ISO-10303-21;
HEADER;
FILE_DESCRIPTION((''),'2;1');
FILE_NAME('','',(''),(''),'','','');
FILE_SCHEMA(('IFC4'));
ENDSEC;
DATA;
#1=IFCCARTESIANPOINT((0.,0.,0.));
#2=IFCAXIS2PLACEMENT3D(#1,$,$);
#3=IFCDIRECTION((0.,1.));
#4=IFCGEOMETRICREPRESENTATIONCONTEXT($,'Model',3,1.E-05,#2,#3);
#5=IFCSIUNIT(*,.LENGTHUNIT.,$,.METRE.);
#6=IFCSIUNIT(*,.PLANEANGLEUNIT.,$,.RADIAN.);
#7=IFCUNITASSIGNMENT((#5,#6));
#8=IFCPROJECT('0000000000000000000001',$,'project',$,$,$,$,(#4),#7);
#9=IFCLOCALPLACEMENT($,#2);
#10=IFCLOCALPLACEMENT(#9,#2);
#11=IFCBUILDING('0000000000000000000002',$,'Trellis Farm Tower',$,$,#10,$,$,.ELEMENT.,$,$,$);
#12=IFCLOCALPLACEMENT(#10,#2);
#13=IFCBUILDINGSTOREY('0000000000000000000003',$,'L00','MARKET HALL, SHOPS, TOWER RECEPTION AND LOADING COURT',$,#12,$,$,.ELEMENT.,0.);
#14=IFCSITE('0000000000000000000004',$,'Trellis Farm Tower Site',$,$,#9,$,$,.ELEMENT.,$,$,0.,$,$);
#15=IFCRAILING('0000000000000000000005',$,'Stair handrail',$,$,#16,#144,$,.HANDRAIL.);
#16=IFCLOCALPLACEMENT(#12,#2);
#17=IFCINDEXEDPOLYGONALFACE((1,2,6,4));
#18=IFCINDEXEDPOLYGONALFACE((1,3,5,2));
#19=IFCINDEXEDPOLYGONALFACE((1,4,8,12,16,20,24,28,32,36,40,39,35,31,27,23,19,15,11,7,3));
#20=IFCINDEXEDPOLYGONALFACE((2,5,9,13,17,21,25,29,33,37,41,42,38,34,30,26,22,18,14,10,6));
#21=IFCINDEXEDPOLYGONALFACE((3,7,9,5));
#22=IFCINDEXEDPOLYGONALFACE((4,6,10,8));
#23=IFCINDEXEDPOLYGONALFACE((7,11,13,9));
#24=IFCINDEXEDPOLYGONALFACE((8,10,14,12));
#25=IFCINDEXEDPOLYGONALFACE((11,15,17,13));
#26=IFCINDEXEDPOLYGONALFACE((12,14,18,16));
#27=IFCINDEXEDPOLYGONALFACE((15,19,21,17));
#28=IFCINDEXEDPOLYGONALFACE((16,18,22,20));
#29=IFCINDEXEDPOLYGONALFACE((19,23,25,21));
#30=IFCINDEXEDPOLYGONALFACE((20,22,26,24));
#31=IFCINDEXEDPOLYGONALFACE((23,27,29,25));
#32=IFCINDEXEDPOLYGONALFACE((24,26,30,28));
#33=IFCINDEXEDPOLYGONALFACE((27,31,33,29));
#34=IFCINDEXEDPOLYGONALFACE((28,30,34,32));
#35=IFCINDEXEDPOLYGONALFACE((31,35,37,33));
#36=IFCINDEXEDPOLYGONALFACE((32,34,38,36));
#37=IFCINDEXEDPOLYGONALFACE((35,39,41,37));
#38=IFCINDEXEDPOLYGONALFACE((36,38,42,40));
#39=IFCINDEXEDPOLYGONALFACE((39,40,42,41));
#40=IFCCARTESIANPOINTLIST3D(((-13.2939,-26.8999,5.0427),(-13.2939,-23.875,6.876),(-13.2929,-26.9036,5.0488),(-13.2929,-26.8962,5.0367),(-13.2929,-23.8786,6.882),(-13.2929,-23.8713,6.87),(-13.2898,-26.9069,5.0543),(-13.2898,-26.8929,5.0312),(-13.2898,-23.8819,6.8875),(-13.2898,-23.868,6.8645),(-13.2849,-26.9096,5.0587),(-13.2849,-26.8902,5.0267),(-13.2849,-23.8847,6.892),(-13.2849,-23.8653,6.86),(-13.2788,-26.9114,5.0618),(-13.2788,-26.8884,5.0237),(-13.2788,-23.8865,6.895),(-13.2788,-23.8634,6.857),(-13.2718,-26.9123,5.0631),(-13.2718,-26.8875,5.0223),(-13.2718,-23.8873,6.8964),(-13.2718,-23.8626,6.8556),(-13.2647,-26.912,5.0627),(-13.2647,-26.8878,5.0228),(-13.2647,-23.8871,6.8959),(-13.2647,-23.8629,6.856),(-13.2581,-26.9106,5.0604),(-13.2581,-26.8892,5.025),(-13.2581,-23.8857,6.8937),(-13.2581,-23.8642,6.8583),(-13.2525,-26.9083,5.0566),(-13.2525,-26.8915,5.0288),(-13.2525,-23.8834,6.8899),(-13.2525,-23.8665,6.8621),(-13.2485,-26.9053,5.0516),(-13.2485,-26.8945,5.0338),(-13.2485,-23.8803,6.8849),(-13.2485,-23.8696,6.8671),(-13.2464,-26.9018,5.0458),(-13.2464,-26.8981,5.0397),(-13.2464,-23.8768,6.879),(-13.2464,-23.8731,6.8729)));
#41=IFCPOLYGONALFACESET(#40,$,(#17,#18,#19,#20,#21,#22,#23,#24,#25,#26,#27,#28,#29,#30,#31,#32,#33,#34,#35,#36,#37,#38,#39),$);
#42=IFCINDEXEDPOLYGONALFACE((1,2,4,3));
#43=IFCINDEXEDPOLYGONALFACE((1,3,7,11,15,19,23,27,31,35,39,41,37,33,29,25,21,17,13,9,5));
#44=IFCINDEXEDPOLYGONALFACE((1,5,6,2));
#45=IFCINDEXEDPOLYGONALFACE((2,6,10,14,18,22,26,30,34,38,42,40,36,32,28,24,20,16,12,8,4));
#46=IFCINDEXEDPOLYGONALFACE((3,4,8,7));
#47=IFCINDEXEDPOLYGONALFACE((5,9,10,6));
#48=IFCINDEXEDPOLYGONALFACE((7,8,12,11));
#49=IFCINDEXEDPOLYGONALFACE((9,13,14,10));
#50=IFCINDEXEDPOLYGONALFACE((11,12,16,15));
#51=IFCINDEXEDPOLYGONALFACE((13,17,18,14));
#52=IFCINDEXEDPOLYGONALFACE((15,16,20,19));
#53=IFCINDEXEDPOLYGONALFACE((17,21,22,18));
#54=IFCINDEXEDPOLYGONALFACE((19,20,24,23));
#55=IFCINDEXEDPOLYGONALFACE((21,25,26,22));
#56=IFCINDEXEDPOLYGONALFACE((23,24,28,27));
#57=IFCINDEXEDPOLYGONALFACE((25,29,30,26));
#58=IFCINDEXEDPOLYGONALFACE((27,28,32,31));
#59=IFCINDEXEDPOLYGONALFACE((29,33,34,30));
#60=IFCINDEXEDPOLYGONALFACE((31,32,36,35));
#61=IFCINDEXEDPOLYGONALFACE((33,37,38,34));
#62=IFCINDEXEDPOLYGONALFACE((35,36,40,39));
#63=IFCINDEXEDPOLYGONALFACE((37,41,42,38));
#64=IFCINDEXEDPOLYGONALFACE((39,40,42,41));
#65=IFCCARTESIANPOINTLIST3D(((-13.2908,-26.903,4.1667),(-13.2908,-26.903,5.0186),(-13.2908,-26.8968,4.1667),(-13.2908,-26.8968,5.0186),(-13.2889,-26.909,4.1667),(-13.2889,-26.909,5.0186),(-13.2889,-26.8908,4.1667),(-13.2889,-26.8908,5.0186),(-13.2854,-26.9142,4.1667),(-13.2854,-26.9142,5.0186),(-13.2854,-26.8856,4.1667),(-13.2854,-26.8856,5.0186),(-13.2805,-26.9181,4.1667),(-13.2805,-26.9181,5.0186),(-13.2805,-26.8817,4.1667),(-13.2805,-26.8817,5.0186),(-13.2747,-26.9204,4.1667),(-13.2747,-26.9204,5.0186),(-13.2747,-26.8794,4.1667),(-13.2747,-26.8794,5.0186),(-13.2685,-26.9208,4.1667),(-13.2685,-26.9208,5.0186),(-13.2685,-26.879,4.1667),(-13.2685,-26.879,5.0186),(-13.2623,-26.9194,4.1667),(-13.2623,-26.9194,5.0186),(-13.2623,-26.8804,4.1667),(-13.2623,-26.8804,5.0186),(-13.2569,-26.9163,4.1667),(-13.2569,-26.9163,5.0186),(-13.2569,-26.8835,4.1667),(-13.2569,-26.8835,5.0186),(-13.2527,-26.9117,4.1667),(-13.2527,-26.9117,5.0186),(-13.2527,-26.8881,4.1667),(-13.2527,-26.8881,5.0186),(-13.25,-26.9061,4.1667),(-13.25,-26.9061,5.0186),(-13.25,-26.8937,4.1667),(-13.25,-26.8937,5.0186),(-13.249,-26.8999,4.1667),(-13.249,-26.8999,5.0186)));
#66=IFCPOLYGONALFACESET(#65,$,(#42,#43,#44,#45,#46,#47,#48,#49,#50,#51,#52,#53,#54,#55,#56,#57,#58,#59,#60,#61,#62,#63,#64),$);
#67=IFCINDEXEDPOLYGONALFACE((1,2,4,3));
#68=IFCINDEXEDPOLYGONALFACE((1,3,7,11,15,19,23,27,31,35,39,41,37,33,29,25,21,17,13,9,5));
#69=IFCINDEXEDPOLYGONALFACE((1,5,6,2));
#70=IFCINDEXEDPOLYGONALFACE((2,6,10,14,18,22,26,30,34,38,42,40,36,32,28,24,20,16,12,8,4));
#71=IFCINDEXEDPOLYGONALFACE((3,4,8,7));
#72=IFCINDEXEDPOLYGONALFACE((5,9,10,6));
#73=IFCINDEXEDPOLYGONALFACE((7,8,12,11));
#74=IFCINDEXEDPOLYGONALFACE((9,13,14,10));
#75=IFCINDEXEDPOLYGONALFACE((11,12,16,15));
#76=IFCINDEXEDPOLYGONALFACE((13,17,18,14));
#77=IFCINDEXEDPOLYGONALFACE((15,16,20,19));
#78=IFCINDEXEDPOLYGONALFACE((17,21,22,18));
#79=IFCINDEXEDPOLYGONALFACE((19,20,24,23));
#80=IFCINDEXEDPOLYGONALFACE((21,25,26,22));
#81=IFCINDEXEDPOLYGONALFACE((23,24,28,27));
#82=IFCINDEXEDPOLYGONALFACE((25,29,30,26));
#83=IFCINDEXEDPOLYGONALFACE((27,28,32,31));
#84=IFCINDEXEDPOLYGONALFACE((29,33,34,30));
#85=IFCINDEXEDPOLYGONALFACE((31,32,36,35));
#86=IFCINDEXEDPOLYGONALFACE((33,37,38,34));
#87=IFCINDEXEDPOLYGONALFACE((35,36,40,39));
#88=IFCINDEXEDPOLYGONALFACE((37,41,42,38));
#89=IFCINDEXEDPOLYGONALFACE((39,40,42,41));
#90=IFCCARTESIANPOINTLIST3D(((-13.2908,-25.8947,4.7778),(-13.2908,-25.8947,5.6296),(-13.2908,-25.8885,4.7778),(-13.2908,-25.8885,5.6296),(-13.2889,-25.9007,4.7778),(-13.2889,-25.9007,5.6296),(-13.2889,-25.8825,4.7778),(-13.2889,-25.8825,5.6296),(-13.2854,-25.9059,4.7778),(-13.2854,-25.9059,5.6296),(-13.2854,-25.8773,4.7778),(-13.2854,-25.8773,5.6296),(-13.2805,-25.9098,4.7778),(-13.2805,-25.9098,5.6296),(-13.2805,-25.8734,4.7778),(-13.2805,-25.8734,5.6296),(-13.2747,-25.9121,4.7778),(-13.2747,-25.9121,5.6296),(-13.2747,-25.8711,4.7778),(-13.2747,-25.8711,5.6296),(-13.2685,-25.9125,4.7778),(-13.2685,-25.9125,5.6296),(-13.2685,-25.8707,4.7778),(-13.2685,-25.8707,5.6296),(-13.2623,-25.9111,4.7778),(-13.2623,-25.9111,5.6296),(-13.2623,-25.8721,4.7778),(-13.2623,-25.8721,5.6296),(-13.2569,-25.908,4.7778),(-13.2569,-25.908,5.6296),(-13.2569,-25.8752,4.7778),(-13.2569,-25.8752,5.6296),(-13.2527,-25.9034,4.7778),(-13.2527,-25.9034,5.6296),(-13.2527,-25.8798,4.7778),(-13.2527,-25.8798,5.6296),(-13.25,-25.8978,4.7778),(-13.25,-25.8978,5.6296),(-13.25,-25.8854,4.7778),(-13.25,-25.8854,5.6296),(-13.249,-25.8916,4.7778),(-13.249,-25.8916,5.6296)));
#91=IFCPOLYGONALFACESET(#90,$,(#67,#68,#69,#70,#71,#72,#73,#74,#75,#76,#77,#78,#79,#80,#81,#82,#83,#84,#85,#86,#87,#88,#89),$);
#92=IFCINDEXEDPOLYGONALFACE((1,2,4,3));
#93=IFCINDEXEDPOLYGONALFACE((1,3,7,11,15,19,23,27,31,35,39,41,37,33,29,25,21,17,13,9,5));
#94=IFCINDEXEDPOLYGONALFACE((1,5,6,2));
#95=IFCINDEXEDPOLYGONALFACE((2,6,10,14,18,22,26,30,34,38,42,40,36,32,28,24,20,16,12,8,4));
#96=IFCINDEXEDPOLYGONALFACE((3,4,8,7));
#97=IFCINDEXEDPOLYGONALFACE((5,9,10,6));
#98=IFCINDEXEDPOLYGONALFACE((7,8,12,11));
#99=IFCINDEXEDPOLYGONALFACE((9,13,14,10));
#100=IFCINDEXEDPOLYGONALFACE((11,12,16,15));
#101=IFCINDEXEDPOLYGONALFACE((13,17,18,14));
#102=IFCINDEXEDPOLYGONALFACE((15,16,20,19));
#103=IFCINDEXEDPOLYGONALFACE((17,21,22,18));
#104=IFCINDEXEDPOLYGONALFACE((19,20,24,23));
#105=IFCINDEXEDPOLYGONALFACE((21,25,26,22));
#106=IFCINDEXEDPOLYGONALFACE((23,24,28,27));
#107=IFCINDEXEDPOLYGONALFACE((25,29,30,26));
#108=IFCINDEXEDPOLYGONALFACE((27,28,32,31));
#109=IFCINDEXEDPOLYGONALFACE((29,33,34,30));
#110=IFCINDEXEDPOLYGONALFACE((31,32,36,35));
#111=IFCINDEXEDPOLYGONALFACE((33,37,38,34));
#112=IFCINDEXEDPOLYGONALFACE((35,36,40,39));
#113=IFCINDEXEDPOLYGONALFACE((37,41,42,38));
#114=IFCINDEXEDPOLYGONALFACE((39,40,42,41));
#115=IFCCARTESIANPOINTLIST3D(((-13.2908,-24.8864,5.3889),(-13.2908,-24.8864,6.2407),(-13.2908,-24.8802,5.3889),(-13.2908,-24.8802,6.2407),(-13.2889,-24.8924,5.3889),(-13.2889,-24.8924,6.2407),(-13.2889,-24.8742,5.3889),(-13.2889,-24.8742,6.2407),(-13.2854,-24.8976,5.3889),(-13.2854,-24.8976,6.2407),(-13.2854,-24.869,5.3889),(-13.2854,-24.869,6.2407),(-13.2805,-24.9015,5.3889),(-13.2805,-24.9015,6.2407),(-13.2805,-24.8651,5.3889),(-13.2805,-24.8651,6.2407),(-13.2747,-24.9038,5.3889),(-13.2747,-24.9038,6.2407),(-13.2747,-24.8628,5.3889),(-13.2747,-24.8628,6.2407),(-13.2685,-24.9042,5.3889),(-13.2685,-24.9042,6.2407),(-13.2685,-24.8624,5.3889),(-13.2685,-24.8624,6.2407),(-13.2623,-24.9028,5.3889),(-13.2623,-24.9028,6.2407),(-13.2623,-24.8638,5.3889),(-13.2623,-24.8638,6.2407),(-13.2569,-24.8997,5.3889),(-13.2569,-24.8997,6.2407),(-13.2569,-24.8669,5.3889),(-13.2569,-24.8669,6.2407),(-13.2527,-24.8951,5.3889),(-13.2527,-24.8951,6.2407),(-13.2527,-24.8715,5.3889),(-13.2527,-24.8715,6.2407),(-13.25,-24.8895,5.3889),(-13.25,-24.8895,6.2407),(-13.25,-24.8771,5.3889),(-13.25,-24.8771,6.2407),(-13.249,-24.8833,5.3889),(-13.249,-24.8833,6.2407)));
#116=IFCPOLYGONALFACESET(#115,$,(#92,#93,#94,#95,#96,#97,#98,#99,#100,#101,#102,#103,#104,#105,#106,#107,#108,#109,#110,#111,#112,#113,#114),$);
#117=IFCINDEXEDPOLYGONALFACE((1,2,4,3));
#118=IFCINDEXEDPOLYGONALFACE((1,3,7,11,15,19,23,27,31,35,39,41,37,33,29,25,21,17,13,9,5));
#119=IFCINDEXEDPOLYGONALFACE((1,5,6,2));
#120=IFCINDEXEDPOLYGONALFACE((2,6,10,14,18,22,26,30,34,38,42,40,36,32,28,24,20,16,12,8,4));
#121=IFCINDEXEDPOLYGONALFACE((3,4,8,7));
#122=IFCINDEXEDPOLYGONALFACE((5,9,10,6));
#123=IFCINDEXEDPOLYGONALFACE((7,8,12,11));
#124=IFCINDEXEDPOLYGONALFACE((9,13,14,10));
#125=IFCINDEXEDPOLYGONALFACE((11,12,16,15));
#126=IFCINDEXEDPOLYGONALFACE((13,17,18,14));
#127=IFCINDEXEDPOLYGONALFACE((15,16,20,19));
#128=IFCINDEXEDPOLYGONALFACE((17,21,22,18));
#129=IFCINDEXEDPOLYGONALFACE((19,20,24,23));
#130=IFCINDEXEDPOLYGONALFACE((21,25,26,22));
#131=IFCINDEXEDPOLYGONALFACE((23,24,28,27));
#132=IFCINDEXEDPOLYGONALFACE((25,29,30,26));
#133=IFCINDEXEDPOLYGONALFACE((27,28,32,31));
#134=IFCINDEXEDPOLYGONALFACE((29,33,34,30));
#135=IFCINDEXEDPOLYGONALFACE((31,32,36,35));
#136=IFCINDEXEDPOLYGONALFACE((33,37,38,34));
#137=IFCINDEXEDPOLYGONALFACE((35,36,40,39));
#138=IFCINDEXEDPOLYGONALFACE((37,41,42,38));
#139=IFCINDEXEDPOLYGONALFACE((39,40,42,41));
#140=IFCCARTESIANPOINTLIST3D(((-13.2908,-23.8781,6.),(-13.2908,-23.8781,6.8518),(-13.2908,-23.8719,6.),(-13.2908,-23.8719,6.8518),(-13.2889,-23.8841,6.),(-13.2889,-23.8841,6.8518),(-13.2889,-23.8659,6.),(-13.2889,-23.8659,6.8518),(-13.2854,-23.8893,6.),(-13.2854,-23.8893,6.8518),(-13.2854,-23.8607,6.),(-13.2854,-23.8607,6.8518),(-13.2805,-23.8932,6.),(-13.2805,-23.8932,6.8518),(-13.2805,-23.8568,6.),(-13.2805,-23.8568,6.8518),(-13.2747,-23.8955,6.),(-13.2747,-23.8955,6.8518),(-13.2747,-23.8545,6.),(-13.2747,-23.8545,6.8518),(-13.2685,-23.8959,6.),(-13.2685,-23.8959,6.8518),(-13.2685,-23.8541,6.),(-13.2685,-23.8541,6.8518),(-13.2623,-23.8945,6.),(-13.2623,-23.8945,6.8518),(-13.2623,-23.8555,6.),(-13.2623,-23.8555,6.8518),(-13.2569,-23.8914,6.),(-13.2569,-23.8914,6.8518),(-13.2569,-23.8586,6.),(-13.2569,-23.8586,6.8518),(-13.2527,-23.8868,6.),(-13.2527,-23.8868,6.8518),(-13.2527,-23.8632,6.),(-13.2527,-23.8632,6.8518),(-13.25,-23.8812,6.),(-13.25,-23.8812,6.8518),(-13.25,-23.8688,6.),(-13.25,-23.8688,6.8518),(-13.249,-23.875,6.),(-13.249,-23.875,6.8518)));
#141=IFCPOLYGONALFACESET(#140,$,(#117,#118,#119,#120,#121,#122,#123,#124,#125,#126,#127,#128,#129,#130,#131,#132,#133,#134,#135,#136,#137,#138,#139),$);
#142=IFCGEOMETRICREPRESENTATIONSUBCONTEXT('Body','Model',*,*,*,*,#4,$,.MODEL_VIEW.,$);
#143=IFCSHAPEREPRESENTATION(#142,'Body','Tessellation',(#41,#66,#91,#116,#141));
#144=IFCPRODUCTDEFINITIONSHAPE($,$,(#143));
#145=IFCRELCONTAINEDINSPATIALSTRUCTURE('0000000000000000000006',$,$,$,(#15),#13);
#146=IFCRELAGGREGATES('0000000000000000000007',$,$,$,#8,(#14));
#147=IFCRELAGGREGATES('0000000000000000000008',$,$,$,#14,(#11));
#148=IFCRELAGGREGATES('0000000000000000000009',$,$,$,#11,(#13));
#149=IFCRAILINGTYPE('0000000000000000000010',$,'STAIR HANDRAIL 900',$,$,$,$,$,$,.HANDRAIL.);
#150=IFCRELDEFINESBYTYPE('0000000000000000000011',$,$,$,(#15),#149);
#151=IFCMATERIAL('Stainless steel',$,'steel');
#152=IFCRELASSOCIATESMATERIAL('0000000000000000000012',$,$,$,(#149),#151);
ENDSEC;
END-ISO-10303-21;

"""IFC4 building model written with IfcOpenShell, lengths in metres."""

from ifc_helpers import new_model, si_unit, direction, frame, origin, origin_2d, place, context, subcontext, project, spatial, circle, extrude, source, transform, mapped, material, type_object, element, save


model = new_model("IFC4")

# Units and contexts
model_context = context("Model", 3, precision=1e-05, world=origin(), true_north=direction((0.0, 1.0)))
body_context = subcontext(model_context, "Body", "Model", "MODEL_VIEW")
ifc_project = project(units=[si_unit("LENGTHUNIT", "METRE"), si_unit("PLANEANGLEUNIT", "RADIAN")], contexts=[model_context])

# Site, building, storey
site_placement = place(None, origin())
site = spatial("IfcSite", under=ifc_project, at=site_placement, Name="Trellis Farm Tower Site", CompositionType="ELEMENT", RefElevation=0.0)
building_placement = place(site_placement, origin())
building = spatial("IfcBuilding", under=site, at=building_placement, Name="Trellis Farm Tower", CompositionType="ELEMENT")
storey_placement = place(building_placement, origin())
storey = spatial("IfcBuildingStorey", under=building, at=storey_placement, Name="L00", Description="MARKET HALL, SHOPS, TOWER RECEPTION AND LOADING COURT", CompositionType="ELEMENT", Elevation=0.0)

# Railing
ifc_material_1 = material(Name="Stainless steel", Category="steel")
railing_type = type_object("IfcRailingType", Name="STAIR HANDRAIL 900", PredefinedType="HANDRAIL", material=ifc_material_1)
shared_shape_1 = source(origin(), body_context, "Body", "SweptSolid", [
    extrude(circle(Radius=0.0239, at=origin_2d()), frame((0.0, 0.0, 0.876), z_axis=(0.0, 0.855201, 0.518297), x_axis=(-1.0, 0.0, 0.0)), (0.0, 0.0, 1.0), 3.5371),
    extrude(circle(Radius=0.021, at=origin_2d()), origin(), (0.0, 0.0, 1.0), 0.8518),
    extrude(circle(Radius=0.021, at=origin_2d()), frame((0.0, 1.0083, 0.6111)), (0.0, 0.0, 1.0), 0.8518),
    extrude(circle(Radius=0.021, at=origin_2d()), frame((0.0, 2.0166, 1.2222)), (0.0, 0.0, 1.0), 0.8518),
    extrude(circle(Radius=0.021, at=origin_2d()), frame((0.0, 3.0249, 1.8333)), (0.0, 0.0, 1.0), 0.8518),
])
for number, where, name in (
    (1, (-13.27, -26.8999, 4.1667), "Stair handrail"),
):
    element("IfcRailing", number, at=place(storey_placement, frame(where)), inside=storey, type_object=railing_type, Name=name, PredefinedType="HANDRAIL", context=body_context, shape_type="MappedRepresentation", body=[
        mapped(shared_shape_1, transform((0.0, 0.0, 0.0))),
    ])

save(model, "model.ifc")
